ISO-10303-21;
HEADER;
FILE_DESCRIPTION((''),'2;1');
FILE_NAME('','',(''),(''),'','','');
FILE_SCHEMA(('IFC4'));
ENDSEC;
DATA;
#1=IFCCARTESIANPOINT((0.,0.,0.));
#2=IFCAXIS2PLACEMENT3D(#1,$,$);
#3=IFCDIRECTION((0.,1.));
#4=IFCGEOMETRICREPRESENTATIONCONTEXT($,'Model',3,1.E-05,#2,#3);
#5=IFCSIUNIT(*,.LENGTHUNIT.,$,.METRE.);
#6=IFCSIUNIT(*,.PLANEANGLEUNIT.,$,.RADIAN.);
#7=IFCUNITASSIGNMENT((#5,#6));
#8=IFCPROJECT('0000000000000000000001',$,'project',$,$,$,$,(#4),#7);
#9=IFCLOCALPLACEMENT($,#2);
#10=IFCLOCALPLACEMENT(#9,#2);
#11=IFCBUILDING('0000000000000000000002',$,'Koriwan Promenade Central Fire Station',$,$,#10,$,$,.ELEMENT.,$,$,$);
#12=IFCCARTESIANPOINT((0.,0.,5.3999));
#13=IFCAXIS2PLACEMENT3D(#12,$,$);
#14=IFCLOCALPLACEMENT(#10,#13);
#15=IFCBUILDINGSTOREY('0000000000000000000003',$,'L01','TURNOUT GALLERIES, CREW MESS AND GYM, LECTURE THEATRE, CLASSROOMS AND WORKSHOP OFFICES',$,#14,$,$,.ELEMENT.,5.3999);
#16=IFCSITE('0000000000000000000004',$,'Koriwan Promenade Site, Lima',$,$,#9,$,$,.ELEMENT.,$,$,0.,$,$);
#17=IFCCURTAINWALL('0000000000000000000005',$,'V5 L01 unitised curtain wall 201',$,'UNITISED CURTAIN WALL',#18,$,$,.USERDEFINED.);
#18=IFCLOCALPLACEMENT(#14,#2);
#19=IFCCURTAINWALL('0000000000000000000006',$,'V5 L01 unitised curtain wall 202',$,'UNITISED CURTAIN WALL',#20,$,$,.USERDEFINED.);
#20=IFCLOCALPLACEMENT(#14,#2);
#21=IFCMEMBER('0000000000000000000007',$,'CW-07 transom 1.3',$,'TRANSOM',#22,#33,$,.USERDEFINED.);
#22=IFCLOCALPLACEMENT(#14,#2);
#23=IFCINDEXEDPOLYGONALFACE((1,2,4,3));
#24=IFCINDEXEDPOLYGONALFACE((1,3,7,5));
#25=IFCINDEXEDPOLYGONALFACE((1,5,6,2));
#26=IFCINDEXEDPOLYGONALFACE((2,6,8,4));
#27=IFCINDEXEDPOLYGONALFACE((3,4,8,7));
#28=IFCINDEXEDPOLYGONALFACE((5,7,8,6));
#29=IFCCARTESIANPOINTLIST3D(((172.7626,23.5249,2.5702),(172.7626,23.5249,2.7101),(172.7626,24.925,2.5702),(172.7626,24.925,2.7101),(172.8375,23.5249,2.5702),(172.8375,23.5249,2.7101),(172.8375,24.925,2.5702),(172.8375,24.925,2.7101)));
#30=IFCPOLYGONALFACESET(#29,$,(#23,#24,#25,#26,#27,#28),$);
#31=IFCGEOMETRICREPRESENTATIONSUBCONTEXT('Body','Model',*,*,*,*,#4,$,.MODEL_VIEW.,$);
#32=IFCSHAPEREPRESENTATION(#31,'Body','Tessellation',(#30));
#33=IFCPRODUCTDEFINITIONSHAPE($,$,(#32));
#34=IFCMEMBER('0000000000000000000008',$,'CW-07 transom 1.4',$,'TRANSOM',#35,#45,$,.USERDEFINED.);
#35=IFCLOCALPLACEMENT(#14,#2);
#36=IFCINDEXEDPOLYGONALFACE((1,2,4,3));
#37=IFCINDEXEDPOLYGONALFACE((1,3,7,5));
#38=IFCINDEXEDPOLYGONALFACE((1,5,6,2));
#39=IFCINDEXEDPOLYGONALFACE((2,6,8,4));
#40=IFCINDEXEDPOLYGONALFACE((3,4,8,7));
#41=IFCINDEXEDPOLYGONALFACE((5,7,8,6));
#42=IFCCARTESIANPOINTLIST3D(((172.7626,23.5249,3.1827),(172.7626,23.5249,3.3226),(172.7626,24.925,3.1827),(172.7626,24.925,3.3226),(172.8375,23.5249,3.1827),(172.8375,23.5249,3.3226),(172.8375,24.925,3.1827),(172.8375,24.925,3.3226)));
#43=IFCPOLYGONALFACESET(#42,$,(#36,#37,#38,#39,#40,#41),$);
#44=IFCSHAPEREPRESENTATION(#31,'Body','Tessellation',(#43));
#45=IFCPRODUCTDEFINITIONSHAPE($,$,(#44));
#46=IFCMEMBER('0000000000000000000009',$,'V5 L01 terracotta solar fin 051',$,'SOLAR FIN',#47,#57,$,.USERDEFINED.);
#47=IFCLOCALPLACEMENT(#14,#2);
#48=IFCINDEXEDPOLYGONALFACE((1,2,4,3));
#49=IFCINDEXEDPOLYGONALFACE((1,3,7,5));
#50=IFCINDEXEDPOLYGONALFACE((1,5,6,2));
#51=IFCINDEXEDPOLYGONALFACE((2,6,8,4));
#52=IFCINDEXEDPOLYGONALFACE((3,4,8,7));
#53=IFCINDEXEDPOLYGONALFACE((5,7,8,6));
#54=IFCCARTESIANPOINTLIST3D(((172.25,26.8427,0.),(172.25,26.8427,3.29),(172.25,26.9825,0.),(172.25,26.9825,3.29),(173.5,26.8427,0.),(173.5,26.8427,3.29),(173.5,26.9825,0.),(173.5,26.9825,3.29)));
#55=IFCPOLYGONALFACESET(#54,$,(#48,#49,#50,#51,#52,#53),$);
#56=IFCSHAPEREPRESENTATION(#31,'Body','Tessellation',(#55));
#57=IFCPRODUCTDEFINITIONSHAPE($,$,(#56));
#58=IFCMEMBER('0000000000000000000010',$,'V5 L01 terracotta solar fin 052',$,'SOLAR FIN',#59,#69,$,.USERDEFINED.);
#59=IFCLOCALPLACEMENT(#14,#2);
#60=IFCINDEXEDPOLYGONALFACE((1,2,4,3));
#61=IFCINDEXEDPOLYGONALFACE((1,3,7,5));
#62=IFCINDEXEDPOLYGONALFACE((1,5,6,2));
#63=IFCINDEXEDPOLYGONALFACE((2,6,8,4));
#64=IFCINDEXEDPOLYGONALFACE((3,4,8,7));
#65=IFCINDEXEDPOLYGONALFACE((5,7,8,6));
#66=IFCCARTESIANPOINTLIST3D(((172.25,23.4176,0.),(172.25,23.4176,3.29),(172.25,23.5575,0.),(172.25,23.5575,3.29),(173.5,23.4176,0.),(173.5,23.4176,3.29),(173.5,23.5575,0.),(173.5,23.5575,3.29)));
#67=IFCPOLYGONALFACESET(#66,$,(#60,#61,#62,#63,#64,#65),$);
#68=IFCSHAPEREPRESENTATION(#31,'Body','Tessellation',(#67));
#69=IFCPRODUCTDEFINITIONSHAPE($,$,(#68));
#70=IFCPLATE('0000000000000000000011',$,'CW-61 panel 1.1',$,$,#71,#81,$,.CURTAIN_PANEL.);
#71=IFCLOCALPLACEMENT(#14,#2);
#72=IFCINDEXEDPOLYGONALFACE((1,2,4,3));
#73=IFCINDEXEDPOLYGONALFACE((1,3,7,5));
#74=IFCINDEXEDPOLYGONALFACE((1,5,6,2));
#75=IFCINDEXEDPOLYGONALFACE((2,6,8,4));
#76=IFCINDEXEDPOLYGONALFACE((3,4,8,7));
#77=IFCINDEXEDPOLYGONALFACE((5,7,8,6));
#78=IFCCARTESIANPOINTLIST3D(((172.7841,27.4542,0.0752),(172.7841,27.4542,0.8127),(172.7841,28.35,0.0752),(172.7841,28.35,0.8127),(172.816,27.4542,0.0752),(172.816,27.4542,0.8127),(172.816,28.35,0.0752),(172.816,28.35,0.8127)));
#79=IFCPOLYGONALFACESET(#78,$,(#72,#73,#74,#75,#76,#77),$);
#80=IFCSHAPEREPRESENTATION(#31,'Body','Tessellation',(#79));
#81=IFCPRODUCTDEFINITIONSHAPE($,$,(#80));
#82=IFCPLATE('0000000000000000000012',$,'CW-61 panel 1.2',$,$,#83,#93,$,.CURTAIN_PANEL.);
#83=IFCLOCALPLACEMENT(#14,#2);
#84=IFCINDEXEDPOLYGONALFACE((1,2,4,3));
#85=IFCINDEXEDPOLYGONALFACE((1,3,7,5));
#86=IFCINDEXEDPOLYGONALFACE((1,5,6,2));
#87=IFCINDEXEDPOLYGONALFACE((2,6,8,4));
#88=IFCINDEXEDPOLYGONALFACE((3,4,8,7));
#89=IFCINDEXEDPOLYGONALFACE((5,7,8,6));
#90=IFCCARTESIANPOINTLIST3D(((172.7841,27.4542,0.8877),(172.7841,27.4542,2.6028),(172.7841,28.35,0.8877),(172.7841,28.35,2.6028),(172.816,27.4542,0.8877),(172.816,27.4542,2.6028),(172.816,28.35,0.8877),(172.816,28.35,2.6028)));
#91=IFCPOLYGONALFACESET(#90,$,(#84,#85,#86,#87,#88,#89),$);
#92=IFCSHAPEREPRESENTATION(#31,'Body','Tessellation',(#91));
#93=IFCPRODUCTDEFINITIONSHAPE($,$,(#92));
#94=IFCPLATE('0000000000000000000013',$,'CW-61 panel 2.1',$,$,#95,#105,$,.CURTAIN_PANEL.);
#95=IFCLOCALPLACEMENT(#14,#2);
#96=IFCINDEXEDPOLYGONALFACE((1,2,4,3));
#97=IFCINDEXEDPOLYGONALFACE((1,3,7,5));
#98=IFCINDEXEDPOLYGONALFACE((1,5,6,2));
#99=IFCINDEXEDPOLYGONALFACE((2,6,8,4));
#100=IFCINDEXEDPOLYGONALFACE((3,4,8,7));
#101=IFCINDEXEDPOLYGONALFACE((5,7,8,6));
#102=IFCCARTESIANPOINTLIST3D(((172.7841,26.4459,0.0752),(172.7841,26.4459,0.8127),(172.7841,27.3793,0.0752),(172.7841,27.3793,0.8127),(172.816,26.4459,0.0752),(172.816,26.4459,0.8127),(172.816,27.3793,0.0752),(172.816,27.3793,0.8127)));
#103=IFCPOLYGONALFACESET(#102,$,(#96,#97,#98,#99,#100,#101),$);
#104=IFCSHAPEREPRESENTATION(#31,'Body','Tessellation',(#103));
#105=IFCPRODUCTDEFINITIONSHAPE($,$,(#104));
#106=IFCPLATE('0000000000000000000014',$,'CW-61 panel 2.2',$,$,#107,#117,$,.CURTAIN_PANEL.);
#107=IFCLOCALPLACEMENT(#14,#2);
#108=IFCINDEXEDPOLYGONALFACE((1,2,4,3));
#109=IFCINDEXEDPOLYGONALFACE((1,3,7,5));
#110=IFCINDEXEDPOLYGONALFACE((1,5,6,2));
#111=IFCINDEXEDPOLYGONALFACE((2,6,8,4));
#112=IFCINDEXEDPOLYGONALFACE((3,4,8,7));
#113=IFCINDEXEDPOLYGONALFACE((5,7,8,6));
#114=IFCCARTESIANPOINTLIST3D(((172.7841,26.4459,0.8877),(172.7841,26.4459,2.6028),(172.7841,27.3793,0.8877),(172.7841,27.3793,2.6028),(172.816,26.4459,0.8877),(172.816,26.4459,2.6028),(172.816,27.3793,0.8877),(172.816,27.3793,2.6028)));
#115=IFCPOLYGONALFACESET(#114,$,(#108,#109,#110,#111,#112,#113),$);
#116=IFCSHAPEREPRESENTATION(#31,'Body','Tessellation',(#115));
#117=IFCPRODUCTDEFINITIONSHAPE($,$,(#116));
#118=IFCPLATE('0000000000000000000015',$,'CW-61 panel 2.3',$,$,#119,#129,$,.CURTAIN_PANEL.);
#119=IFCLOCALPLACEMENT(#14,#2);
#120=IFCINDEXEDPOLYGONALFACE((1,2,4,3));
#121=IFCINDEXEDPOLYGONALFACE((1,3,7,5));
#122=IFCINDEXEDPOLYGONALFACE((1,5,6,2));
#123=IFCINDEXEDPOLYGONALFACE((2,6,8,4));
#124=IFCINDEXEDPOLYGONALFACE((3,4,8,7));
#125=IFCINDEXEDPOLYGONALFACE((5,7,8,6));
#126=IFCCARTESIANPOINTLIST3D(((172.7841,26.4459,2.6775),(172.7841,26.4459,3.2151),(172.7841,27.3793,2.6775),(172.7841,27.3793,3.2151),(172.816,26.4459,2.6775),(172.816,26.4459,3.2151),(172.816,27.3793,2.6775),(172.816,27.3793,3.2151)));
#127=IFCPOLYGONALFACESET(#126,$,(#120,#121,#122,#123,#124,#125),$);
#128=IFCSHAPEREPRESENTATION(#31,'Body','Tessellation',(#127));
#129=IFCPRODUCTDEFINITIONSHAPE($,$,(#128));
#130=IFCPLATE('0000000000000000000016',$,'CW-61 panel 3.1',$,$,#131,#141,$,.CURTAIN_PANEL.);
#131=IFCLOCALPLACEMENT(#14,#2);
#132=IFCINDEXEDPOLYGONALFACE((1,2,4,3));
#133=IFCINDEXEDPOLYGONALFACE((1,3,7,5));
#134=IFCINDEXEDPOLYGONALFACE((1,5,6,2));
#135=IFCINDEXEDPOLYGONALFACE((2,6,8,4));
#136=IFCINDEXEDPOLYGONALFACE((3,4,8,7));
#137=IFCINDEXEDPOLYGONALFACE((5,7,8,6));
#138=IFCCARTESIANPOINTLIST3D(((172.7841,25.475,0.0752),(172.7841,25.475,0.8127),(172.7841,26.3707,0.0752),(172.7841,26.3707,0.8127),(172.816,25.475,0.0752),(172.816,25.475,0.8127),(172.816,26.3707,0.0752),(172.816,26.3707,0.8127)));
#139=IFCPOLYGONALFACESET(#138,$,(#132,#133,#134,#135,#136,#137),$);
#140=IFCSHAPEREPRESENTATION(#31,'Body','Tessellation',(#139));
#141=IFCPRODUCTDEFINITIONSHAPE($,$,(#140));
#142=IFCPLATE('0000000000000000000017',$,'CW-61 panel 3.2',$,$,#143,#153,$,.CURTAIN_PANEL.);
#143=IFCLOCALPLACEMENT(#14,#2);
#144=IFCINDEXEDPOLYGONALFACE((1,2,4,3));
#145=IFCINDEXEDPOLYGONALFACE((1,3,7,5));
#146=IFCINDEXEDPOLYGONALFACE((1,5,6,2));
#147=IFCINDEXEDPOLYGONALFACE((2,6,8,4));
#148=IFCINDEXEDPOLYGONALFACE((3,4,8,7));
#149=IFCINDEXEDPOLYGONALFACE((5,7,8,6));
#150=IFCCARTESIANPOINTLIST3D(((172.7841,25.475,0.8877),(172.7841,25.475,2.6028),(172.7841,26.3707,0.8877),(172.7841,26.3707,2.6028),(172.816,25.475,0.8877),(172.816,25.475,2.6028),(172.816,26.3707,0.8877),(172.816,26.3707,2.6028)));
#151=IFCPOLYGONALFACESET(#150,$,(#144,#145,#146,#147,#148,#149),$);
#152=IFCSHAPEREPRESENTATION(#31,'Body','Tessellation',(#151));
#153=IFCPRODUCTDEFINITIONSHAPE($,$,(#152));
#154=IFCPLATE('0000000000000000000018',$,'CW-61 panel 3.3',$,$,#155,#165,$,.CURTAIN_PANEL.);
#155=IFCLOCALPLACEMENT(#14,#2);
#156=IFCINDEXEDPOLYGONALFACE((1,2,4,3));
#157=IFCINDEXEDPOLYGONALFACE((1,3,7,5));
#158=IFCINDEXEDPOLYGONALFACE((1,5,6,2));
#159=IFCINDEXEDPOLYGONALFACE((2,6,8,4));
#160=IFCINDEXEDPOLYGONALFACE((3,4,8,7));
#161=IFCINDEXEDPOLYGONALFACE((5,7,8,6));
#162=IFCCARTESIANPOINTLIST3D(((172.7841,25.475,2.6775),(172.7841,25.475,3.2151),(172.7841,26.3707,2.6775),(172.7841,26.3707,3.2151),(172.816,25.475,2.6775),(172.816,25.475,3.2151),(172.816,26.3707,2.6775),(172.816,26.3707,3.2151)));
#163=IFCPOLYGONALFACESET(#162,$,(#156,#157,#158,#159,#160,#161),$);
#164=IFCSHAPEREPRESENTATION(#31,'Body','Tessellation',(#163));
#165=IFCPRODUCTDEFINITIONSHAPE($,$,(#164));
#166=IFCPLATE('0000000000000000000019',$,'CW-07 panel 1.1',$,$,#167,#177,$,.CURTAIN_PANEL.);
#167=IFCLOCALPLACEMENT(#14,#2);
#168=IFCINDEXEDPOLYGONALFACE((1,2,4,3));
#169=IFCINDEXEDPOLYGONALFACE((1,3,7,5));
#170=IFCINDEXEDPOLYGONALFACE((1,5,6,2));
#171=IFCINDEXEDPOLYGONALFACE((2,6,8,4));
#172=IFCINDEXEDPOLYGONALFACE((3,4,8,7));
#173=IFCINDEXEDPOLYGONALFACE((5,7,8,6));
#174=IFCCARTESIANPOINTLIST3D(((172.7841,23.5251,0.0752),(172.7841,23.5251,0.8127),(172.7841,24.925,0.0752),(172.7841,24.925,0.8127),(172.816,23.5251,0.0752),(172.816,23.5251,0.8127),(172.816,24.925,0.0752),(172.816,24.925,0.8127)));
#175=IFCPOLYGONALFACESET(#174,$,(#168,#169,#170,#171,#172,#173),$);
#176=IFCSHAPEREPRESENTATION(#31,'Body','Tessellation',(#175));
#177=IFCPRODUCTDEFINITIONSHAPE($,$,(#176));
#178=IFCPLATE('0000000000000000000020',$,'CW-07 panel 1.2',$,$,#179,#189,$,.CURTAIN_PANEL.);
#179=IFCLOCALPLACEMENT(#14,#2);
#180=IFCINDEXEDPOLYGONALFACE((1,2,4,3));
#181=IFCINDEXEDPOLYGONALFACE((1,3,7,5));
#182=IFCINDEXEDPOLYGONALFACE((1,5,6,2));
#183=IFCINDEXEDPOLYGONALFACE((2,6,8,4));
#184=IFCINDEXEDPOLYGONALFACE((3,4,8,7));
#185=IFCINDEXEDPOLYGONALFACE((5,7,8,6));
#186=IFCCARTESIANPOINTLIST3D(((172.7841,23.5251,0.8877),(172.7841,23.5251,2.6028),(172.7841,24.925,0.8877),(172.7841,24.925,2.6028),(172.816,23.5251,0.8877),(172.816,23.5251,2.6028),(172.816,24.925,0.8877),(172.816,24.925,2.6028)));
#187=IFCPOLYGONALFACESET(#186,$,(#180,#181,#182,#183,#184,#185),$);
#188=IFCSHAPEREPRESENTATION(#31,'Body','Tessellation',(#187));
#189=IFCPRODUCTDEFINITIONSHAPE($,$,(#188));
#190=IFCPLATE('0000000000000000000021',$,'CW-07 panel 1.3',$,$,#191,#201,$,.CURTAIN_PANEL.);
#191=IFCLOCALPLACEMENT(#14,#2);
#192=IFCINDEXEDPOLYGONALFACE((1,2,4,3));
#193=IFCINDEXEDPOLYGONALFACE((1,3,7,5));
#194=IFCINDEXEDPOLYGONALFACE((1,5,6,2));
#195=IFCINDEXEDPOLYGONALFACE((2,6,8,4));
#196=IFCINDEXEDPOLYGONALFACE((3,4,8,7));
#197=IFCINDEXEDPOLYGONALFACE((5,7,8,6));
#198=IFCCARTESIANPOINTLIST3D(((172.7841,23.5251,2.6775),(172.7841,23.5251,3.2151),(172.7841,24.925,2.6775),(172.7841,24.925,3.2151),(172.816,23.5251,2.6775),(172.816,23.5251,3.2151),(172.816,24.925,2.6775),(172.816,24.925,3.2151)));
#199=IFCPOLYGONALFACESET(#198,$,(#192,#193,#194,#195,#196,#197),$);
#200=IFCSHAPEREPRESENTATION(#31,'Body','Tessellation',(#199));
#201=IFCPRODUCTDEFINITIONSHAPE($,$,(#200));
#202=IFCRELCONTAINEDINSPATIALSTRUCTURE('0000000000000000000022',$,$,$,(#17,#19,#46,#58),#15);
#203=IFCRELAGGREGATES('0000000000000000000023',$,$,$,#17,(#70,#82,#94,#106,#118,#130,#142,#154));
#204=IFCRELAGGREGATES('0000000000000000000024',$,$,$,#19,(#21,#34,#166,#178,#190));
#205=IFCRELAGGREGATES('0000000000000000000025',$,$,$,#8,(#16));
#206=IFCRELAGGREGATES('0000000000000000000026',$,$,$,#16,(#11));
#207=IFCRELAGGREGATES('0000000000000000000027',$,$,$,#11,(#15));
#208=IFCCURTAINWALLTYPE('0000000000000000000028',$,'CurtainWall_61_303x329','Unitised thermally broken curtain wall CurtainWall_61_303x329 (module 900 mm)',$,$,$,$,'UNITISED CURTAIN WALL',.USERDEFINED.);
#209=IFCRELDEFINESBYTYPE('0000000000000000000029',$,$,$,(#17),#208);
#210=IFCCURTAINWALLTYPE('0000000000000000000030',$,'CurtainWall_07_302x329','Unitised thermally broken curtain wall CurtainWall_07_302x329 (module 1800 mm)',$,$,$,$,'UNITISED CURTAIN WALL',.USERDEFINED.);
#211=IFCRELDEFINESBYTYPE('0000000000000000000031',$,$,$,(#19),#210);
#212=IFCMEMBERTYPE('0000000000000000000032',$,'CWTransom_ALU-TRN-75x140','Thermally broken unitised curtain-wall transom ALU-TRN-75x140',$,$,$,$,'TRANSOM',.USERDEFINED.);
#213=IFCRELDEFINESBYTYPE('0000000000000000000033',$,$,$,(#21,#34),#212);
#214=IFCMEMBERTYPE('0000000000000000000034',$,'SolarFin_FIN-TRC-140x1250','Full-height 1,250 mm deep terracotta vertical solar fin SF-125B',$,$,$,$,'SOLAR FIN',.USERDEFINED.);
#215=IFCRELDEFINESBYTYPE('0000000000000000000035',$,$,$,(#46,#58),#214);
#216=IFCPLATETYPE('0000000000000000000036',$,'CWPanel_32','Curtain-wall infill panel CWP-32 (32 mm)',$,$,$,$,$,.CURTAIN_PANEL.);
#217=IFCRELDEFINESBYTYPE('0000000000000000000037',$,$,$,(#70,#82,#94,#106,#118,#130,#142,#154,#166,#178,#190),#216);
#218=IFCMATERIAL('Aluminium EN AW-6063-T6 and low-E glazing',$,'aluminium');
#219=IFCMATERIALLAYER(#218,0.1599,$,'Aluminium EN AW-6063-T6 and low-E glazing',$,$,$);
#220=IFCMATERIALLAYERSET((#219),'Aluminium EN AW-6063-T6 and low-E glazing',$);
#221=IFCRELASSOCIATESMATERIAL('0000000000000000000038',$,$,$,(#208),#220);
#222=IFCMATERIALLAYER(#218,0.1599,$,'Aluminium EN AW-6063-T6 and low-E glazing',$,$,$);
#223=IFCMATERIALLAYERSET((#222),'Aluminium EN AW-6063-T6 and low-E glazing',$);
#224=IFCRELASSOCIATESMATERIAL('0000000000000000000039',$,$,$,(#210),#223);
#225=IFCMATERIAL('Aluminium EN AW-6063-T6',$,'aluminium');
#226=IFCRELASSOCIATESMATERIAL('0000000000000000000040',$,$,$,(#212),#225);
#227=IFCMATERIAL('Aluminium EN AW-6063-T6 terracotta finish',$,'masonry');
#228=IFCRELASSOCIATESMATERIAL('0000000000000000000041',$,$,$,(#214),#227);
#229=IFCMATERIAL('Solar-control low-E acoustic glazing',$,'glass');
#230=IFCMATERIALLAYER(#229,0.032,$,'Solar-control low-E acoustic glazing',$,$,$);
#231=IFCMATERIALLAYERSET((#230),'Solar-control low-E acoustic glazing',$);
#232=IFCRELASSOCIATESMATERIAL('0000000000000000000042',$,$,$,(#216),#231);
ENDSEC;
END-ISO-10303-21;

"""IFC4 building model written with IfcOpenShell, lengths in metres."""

from ifc_helpers import new_model, si_unit, direction, frame, origin, origin_2d, place, context, subcontext, project, spatial, rectangle, extrude, material, layer, layer_set, material_profile, profile_set, type_object, element, aggregate, save


model = new_model("IFC4")

# Units and contexts
model_context = context("Model", 3, precision=1e-05, world=origin(), true_north=direction((0.0, 1.0)))
body_context = subcontext(model_context, "Body", "Model", "MODEL_VIEW")
ifc_project = project(units=[si_unit("LENGTHUNIT", "METRE"), si_unit("PLANEANGLEUNIT", "RADIAN")], contexts=[model_context])

# Site, building, storey
site_placement = place(None, origin())
site = spatial("IfcSite", under=ifc_project, at=site_placement, Name="Koriwan Promenade Site, Lima", CompositionType="ELEMENT", RefElevation=0.0)
building_placement = place(site_placement, origin())
building = spatial("IfcBuilding", under=site, at=building_placement, Name="Koriwan Promenade Central Fire Station", CompositionType="ELEMENT")
storey_placement = place(building_placement, frame((0.0, 0.0, 5.3999)))
storey = spatial("IfcBuildingStorey", under=building, at=storey_placement, Name="L01", Description="TURNOUT GALLERIES, CREW MESS AND GYM, LECTURE THEATRE, CLASSROOMS AND WORKSHOP OFFICES", CompositionType="ELEMENT", Elevation=5.3999)

# Curtain walls
ifc_material_1 = material(Name="Aluminium EN AW-6063-T6 and low-E glazing", Category="aluminium")
ifc_layer_1 = layer(ifc_material_1, 0.1599, Name="Aluminium EN AW-6063-T6 and low-E glazing")
ifc_layer_set_1 = layer_set([ifc_layer_1], Name="Aluminium EN AW-6063-T6 and low-E glazing")
curtain_wall_type_1 = type_object("IfcCurtainWallType", Name="CurtainWall_61_303x329", Description="Unitised thermally broken curtain wall CurtainWall_61_303x329 (module 900 mm)", ElementType="UNITISED CURTAIN WALL", PredefinedType="USERDEFINED", material=ifc_layer_set_1)
curtain_wall_1_placement = place(storey_placement, origin())
curtain_wall_1 = element("IfcCurtainWall", 1, at=curtain_wall_1_placement, inside=storey, type_object=curtain_wall_type_1, Name="V5 L01 unitised curtain wall 201", ObjectType="UNITISED CURTAIN WALL", PredefinedType="USERDEFINED")
ifc_material_2 = material(Name="Aluminium EN AW-6063-T6", Category="aluminium")
ifc_layer_2 = layer(ifc_material_1, 0.1599, Name="Aluminium EN AW-6063-T6 and low-E glazing")
ifc_layer_set_2 = layer_set([ifc_layer_2], Name="Aluminium EN AW-6063-T6 and low-E glazing")
curtain_wall_type_2 = type_object("IfcCurtainWallType", Name="CurtainWall_07_302x329", Description="Unitised thermally broken curtain wall CurtainWall_07_302x329 (module 1800 mm)", ElementType="UNITISED CURTAIN WALL", PredefinedType="USERDEFINED", material=ifc_layer_set_2)
curtain_wall_2_placement = place(storey_placement, origin())
curtain_wall_2 = element("IfcCurtainWall", 2, at=curtain_wall_2_placement, inside=storey, type_object=curtain_wall_type_2, Name="V5 L01 unitised curtain wall 202", ObjectType="UNITISED CURTAIN WALL", PredefinedType="USERDEFINED")

# Members
ifc_material_profile_1 = material_profile(ifc_material_2, rectangle(XDim=0.075, YDim=0.1399, at=origin_2d()), Name="ALU-TRN-75x140")
ifc_profile_set_1 = profile_set([ifc_material_profile_1], Name="Aluminium EN AW-6063-T6")
member_type_1 = type_object("IfcMemberType", Name="CWTransom_ALU-TRN-75x140", Description="Thermally broken unitised curtain-wall transom ALU-TRN-75x140", ElementType="TRANSOM", PredefinedType="USERDEFINED", material=ifc_profile_set_1)
member_1_placement = place(storey_placement, frame((172.8, 24.925, 2.6401), z_axis=(0.0, -1.0, 0.0), x_axis=(1.0, 0.0, 0.0)))
member_1 = element("IfcMember", 3, at=member_1_placement, type_object=member_type_1, Name="CW-07 transom 1.3", ObjectType="TRANSOM", PredefinedType="USERDEFINED", context=body_context, shape_type="SweptSolid", body=[
    extrude(rectangle(XDim=0.075, YDim=0.1399, at=origin_2d()), origin(), (0.0, 0.0, 1.0), 1.4001),
])
member_2_placement = place(storey_placement, frame((172.8, 24.925, 3.2527), z_axis=(0.0, -1.0, 0.0), x_axis=(1.0, 0.0, 0.0)))
member_2 = element("IfcMember", 4, at=member_2_placement, type_object=member_type_1, Name="CW-07 transom 1.4", ObjectType="TRANSOM", PredefinedType="USERDEFINED", context=body_context, shape_type="SweptSolid", body=[
    extrude(rectangle(XDim=0.075, YDim=0.1399, at=origin_2d()), origin(), (0.0, 0.0, 1.0), 1.4001),
])

# Members
ifc_material_3 = material(Name="Aluminium EN AW-6063-T6 terracotta finish", Category="masonry")
ifc_material_profile_2 = material_profile(ifc_material_3, rectangle(XDim=0.1399, YDim=1.25, at=origin_2d()), Name="FIN-TRC-140x1250")
ifc_profile_set_2 = profile_set([ifc_material_profile_2], Name="Aluminium EN AW-6063-T6 terracotta finish")
member_type_2 = type_object("IfcMemberType", Name="SolarFin_FIN-TRC-140x1250", Description="Full-height 1,250 mm deep terracotta vertical solar fin SF-125B", ElementType="SOLAR FIN", PredefinedType="USERDEFINED", material=ifc_profile_set_2)
for number, where, z_axis, x_axis, name in (
    (5, (172.875, 26.9126, 0.0), (0.0, 0.0, 1.0), (0.0, -1.0, 0.0), "V5 L01 terracotta solar fin 051"),
    (6, (172.875, 23.4875, 0.0), (0.0, 0.0, 1.0), (0.0, -1.0, 0.0), "V5 L01 terracotta solar fin 052"),
):
    element("IfcMember", number, at=place(storey_placement, frame(where, z_axis=z_axis, x_axis=x_axis)), inside=storey, type_object=member_type_2, Name=name, ObjectType="SOLAR FIN", PredefinedType="USERDEFINED", context=body_context, shape_type="SweptSolid", body=[
        extrude(rectangle(XDim=0.1399, YDim=1.25, at=origin_2d()), origin(), (0.0, 0.0, 1.0), 3.29),
    ])

# Plates
ifc_material_4 = material(Name="Solar-control low-E acoustic glazing", Category="glass")
ifc_layer_3 = layer(ifc_material_4, 0.032, Name="Solar-control low-E acoustic glazing")
ifc_layer_set_3 = layer_set([ifc_layer_3], Name="Solar-control low-E acoustic glazing")
plate_type = type_object("IfcPlateType", Name="CWPanel_32", Description="Curtain-wall infill panel CWP-32 (32 mm)", PredefinedType="CURTAIN_PANEL", material=ifc_layer_set_3)
plate_1_placement = place(storey_placement, frame((172.8, 27.9021, 0.0752), z_axis=(0.0, 0.0, 1.0), x_axis=(0.0, -1.0, 0.0)))
plate_1 = element("IfcPlate", 7, at=plate_1_placement, type_object=plate_type, Name="CW-61 panel 1.1", PredefinedType="CURTAIN_PANEL", context=body_context, shape_type="SweptSolid", body=[
    extrude(rectangle(XDim=0.8958, YDim=0.032, at=origin_2d()), origin(), (0.0, 0.0, 1.0), 0.7375),
])
plate_2_placement = place(storey_placement, frame((172.8, 27.9021, 0.8877), z_axis=(0.0, 0.0, 1.0), x_axis=(0.0, -1.0, 0.0)))
plate_2 = element("IfcPlate", 8, at=plate_2_placement, type_object=plate_type, Name="CW-61 panel 1.2", PredefinedType="CURTAIN_PANEL", context=body_context, shape_type="SweptSolid", body=[
    extrude(rectangle(XDim=0.8958, YDim=0.032, at=origin_2d()), origin(), (0.0, 0.0, 1.0), 1.7151),
])
plate_3_placement = place(storey_placement, frame((172.8, 26.9126, 0.0752), z_axis=(0.0, 0.0, 1.0), x_axis=(0.0, -1.0, 0.0)))
plate_3 = element("IfcPlate", 9, at=plate_3_placement, type_object=plate_type, Name="CW-61 panel 2.1", PredefinedType="CURTAIN_PANEL", context=body_context, shape_type="SweptSolid", body=[
    extrude(rectangle(XDim=0.9333, YDim=0.032, at=origin_2d()), origin(), (0.0, 0.0, 1.0), 0.7375),
])
plate_4_placement = place(storey_placement, frame((172.8, 26.9126, 0.8877), z_axis=(0.0, 0.0, 1.0), x_axis=(0.0, -1.0, 0.0)))
plate_4 = element("IfcPlate", 10, at=plate_4_placement, type_object=plate_type, Name="CW-61 panel 2.2", PredefinedType="CURTAIN_PANEL", context=body_context, shape_type="SweptSolid", body=[
    extrude(rectangle(XDim=0.9333, YDim=0.032, at=origin_2d()), origin(), (0.0, 0.0, 1.0), 1.7151),
])
plate_5_placement = place(storey_placement, frame((172.8, 26.9126, 2.6775), z_axis=(0.0, 0.0, 1.0), x_axis=(0.0, -1.0, 0.0)))
plate_5 = element("IfcPlate", 11, at=plate_5_placement, type_object=plate_type, Name="CW-61 panel 2.3", PredefinedType="CURTAIN_PANEL", context=body_context, shape_type="SweptSolid", body=[
    extrude(rectangle(XDim=0.9333, YDim=0.032, at=origin_2d()), origin(), (0.0, 0.0, 1.0), 0.5376),
])
plate_6_placement = place(storey_placement, frame((172.8, 25.9229, 0.0752), z_axis=(0.0, 0.0, 1.0), x_axis=(0.0, -1.0, 0.0)))
plate_6 = element("IfcPlate", 12, at=plate_6_placement, type_object=plate_type, Name="CW-61 panel 3.1", PredefinedType="CURTAIN_PANEL", context=body_context, shape_type="SweptSolid", body=[
    extrude(rectangle(XDim=0.8958, YDim=0.032, at=origin_2d()), origin(), (0.0, 0.0, 1.0), 0.7375),
])
plate_7_placement = place(storey_placement, frame((172.8, 25.9229, 0.8877), z_axis=(0.0, 0.0, 1.0), x_axis=(0.0, -1.0, 0.0)))
plate_7 = element("IfcPlate", 13, at=plate_7_placement, type_object=plate_type, Name="CW-61 panel 3.2", PredefinedType="CURTAIN_PANEL", context=body_context, shape_type="SweptSolid", body=[
    extrude(rectangle(XDim=0.8958, YDim=0.032, at=origin_2d()), origin(), (0.0, 0.0, 1.0), 1.7151),
])
plate_8_placement = place(storey_placement, frame((172.8, 25.9229, 2.6775), z_axis=(0.0, 0.0, 1.0), x_axis=(0.0, -1.0, 0.0)))
plate_8 = element("IfcPlate", 14, at=plate_8_placement, type_object=plate_type, Name="CW-61 panel 3.3", PredefinedType="CURTAIN_PANEL", context=body_context, shape_type="SweptSolid", body=[
    extrude(rectangle(XDim=0.8958, YDim=0.032, at=origin_2d()), origin(), (0.0, 0.0, 1.0), 0.5376),
])
aggregate(curtain_wall_1, [plate_1, plate_2, plate_3, plate_4, plate_5, plate_6, plate_7, plate_8])
plate_9_placement = place(storey_placement, frame((172.8, 24.2251, 0.0752), z_axis=(0.0, 0.0, 1.0), x_axis=(0.0, -1.0, 0.0)))
plate_9 = element("IfcPlate", 15, at=plate_9_placement, type_object=plate_type, Name="CW-07 panel 1.1", PredefinedType="CURTAIN_PANEL", context=body_context, shape_type="SweptSolid", body=[
    extrude(rectangle(XDim=1.3999, YDim=0.032, at=origin_2d()), origin(), (0.0, 0.0, 1.0), 0.7375),
])
plate_10_placement = place(storey_placement, frame((172.8, 24.2251, 0.8877), z_axis=(0.0, 0.0, 1.0), x_axis=(0.0, -1.0, 0.0)))
plate_10 = element("IfcPlate", 16, at=plate_10_placement, type_object=plate_type, Name="CW-07 panel 1.2", PredefinedType="CURTAIN_PANEL", context=body_context, shape_type="SweptSolid", body=[
    extrude(rectangle(XDim=1.3999, YDim=0.032, at=origin_2d()), origin(), (0.0, 0.0, 1.0), 1.7151),
])
plate_11_placement = place(storey_placement, frame((172.8, 24.2251, 2.6775), z_axis=(0.0, 0.0, 1.0), x_axis=(0.0, -1.0, 0.0)))
plate_11 = element("IfcPlate", 17, at=plate_11_placement, type_object=plate_type, Name="CW-07 panel 1.3", PredefinedType="CURTAIN_PANEL", context=body_context, shape_type="SweptSolid", body=[
    extrude(rectangle(XDim=1.3999, YDim=0.032, at=origin_2d()), origin(), (0.0, 0.0, 1.0), 0.5376),
])
aggregate(curtain_wall_2, [member_1, member_2, plate_9, plate_10, plate_11])

save(model, "model.ifc")
